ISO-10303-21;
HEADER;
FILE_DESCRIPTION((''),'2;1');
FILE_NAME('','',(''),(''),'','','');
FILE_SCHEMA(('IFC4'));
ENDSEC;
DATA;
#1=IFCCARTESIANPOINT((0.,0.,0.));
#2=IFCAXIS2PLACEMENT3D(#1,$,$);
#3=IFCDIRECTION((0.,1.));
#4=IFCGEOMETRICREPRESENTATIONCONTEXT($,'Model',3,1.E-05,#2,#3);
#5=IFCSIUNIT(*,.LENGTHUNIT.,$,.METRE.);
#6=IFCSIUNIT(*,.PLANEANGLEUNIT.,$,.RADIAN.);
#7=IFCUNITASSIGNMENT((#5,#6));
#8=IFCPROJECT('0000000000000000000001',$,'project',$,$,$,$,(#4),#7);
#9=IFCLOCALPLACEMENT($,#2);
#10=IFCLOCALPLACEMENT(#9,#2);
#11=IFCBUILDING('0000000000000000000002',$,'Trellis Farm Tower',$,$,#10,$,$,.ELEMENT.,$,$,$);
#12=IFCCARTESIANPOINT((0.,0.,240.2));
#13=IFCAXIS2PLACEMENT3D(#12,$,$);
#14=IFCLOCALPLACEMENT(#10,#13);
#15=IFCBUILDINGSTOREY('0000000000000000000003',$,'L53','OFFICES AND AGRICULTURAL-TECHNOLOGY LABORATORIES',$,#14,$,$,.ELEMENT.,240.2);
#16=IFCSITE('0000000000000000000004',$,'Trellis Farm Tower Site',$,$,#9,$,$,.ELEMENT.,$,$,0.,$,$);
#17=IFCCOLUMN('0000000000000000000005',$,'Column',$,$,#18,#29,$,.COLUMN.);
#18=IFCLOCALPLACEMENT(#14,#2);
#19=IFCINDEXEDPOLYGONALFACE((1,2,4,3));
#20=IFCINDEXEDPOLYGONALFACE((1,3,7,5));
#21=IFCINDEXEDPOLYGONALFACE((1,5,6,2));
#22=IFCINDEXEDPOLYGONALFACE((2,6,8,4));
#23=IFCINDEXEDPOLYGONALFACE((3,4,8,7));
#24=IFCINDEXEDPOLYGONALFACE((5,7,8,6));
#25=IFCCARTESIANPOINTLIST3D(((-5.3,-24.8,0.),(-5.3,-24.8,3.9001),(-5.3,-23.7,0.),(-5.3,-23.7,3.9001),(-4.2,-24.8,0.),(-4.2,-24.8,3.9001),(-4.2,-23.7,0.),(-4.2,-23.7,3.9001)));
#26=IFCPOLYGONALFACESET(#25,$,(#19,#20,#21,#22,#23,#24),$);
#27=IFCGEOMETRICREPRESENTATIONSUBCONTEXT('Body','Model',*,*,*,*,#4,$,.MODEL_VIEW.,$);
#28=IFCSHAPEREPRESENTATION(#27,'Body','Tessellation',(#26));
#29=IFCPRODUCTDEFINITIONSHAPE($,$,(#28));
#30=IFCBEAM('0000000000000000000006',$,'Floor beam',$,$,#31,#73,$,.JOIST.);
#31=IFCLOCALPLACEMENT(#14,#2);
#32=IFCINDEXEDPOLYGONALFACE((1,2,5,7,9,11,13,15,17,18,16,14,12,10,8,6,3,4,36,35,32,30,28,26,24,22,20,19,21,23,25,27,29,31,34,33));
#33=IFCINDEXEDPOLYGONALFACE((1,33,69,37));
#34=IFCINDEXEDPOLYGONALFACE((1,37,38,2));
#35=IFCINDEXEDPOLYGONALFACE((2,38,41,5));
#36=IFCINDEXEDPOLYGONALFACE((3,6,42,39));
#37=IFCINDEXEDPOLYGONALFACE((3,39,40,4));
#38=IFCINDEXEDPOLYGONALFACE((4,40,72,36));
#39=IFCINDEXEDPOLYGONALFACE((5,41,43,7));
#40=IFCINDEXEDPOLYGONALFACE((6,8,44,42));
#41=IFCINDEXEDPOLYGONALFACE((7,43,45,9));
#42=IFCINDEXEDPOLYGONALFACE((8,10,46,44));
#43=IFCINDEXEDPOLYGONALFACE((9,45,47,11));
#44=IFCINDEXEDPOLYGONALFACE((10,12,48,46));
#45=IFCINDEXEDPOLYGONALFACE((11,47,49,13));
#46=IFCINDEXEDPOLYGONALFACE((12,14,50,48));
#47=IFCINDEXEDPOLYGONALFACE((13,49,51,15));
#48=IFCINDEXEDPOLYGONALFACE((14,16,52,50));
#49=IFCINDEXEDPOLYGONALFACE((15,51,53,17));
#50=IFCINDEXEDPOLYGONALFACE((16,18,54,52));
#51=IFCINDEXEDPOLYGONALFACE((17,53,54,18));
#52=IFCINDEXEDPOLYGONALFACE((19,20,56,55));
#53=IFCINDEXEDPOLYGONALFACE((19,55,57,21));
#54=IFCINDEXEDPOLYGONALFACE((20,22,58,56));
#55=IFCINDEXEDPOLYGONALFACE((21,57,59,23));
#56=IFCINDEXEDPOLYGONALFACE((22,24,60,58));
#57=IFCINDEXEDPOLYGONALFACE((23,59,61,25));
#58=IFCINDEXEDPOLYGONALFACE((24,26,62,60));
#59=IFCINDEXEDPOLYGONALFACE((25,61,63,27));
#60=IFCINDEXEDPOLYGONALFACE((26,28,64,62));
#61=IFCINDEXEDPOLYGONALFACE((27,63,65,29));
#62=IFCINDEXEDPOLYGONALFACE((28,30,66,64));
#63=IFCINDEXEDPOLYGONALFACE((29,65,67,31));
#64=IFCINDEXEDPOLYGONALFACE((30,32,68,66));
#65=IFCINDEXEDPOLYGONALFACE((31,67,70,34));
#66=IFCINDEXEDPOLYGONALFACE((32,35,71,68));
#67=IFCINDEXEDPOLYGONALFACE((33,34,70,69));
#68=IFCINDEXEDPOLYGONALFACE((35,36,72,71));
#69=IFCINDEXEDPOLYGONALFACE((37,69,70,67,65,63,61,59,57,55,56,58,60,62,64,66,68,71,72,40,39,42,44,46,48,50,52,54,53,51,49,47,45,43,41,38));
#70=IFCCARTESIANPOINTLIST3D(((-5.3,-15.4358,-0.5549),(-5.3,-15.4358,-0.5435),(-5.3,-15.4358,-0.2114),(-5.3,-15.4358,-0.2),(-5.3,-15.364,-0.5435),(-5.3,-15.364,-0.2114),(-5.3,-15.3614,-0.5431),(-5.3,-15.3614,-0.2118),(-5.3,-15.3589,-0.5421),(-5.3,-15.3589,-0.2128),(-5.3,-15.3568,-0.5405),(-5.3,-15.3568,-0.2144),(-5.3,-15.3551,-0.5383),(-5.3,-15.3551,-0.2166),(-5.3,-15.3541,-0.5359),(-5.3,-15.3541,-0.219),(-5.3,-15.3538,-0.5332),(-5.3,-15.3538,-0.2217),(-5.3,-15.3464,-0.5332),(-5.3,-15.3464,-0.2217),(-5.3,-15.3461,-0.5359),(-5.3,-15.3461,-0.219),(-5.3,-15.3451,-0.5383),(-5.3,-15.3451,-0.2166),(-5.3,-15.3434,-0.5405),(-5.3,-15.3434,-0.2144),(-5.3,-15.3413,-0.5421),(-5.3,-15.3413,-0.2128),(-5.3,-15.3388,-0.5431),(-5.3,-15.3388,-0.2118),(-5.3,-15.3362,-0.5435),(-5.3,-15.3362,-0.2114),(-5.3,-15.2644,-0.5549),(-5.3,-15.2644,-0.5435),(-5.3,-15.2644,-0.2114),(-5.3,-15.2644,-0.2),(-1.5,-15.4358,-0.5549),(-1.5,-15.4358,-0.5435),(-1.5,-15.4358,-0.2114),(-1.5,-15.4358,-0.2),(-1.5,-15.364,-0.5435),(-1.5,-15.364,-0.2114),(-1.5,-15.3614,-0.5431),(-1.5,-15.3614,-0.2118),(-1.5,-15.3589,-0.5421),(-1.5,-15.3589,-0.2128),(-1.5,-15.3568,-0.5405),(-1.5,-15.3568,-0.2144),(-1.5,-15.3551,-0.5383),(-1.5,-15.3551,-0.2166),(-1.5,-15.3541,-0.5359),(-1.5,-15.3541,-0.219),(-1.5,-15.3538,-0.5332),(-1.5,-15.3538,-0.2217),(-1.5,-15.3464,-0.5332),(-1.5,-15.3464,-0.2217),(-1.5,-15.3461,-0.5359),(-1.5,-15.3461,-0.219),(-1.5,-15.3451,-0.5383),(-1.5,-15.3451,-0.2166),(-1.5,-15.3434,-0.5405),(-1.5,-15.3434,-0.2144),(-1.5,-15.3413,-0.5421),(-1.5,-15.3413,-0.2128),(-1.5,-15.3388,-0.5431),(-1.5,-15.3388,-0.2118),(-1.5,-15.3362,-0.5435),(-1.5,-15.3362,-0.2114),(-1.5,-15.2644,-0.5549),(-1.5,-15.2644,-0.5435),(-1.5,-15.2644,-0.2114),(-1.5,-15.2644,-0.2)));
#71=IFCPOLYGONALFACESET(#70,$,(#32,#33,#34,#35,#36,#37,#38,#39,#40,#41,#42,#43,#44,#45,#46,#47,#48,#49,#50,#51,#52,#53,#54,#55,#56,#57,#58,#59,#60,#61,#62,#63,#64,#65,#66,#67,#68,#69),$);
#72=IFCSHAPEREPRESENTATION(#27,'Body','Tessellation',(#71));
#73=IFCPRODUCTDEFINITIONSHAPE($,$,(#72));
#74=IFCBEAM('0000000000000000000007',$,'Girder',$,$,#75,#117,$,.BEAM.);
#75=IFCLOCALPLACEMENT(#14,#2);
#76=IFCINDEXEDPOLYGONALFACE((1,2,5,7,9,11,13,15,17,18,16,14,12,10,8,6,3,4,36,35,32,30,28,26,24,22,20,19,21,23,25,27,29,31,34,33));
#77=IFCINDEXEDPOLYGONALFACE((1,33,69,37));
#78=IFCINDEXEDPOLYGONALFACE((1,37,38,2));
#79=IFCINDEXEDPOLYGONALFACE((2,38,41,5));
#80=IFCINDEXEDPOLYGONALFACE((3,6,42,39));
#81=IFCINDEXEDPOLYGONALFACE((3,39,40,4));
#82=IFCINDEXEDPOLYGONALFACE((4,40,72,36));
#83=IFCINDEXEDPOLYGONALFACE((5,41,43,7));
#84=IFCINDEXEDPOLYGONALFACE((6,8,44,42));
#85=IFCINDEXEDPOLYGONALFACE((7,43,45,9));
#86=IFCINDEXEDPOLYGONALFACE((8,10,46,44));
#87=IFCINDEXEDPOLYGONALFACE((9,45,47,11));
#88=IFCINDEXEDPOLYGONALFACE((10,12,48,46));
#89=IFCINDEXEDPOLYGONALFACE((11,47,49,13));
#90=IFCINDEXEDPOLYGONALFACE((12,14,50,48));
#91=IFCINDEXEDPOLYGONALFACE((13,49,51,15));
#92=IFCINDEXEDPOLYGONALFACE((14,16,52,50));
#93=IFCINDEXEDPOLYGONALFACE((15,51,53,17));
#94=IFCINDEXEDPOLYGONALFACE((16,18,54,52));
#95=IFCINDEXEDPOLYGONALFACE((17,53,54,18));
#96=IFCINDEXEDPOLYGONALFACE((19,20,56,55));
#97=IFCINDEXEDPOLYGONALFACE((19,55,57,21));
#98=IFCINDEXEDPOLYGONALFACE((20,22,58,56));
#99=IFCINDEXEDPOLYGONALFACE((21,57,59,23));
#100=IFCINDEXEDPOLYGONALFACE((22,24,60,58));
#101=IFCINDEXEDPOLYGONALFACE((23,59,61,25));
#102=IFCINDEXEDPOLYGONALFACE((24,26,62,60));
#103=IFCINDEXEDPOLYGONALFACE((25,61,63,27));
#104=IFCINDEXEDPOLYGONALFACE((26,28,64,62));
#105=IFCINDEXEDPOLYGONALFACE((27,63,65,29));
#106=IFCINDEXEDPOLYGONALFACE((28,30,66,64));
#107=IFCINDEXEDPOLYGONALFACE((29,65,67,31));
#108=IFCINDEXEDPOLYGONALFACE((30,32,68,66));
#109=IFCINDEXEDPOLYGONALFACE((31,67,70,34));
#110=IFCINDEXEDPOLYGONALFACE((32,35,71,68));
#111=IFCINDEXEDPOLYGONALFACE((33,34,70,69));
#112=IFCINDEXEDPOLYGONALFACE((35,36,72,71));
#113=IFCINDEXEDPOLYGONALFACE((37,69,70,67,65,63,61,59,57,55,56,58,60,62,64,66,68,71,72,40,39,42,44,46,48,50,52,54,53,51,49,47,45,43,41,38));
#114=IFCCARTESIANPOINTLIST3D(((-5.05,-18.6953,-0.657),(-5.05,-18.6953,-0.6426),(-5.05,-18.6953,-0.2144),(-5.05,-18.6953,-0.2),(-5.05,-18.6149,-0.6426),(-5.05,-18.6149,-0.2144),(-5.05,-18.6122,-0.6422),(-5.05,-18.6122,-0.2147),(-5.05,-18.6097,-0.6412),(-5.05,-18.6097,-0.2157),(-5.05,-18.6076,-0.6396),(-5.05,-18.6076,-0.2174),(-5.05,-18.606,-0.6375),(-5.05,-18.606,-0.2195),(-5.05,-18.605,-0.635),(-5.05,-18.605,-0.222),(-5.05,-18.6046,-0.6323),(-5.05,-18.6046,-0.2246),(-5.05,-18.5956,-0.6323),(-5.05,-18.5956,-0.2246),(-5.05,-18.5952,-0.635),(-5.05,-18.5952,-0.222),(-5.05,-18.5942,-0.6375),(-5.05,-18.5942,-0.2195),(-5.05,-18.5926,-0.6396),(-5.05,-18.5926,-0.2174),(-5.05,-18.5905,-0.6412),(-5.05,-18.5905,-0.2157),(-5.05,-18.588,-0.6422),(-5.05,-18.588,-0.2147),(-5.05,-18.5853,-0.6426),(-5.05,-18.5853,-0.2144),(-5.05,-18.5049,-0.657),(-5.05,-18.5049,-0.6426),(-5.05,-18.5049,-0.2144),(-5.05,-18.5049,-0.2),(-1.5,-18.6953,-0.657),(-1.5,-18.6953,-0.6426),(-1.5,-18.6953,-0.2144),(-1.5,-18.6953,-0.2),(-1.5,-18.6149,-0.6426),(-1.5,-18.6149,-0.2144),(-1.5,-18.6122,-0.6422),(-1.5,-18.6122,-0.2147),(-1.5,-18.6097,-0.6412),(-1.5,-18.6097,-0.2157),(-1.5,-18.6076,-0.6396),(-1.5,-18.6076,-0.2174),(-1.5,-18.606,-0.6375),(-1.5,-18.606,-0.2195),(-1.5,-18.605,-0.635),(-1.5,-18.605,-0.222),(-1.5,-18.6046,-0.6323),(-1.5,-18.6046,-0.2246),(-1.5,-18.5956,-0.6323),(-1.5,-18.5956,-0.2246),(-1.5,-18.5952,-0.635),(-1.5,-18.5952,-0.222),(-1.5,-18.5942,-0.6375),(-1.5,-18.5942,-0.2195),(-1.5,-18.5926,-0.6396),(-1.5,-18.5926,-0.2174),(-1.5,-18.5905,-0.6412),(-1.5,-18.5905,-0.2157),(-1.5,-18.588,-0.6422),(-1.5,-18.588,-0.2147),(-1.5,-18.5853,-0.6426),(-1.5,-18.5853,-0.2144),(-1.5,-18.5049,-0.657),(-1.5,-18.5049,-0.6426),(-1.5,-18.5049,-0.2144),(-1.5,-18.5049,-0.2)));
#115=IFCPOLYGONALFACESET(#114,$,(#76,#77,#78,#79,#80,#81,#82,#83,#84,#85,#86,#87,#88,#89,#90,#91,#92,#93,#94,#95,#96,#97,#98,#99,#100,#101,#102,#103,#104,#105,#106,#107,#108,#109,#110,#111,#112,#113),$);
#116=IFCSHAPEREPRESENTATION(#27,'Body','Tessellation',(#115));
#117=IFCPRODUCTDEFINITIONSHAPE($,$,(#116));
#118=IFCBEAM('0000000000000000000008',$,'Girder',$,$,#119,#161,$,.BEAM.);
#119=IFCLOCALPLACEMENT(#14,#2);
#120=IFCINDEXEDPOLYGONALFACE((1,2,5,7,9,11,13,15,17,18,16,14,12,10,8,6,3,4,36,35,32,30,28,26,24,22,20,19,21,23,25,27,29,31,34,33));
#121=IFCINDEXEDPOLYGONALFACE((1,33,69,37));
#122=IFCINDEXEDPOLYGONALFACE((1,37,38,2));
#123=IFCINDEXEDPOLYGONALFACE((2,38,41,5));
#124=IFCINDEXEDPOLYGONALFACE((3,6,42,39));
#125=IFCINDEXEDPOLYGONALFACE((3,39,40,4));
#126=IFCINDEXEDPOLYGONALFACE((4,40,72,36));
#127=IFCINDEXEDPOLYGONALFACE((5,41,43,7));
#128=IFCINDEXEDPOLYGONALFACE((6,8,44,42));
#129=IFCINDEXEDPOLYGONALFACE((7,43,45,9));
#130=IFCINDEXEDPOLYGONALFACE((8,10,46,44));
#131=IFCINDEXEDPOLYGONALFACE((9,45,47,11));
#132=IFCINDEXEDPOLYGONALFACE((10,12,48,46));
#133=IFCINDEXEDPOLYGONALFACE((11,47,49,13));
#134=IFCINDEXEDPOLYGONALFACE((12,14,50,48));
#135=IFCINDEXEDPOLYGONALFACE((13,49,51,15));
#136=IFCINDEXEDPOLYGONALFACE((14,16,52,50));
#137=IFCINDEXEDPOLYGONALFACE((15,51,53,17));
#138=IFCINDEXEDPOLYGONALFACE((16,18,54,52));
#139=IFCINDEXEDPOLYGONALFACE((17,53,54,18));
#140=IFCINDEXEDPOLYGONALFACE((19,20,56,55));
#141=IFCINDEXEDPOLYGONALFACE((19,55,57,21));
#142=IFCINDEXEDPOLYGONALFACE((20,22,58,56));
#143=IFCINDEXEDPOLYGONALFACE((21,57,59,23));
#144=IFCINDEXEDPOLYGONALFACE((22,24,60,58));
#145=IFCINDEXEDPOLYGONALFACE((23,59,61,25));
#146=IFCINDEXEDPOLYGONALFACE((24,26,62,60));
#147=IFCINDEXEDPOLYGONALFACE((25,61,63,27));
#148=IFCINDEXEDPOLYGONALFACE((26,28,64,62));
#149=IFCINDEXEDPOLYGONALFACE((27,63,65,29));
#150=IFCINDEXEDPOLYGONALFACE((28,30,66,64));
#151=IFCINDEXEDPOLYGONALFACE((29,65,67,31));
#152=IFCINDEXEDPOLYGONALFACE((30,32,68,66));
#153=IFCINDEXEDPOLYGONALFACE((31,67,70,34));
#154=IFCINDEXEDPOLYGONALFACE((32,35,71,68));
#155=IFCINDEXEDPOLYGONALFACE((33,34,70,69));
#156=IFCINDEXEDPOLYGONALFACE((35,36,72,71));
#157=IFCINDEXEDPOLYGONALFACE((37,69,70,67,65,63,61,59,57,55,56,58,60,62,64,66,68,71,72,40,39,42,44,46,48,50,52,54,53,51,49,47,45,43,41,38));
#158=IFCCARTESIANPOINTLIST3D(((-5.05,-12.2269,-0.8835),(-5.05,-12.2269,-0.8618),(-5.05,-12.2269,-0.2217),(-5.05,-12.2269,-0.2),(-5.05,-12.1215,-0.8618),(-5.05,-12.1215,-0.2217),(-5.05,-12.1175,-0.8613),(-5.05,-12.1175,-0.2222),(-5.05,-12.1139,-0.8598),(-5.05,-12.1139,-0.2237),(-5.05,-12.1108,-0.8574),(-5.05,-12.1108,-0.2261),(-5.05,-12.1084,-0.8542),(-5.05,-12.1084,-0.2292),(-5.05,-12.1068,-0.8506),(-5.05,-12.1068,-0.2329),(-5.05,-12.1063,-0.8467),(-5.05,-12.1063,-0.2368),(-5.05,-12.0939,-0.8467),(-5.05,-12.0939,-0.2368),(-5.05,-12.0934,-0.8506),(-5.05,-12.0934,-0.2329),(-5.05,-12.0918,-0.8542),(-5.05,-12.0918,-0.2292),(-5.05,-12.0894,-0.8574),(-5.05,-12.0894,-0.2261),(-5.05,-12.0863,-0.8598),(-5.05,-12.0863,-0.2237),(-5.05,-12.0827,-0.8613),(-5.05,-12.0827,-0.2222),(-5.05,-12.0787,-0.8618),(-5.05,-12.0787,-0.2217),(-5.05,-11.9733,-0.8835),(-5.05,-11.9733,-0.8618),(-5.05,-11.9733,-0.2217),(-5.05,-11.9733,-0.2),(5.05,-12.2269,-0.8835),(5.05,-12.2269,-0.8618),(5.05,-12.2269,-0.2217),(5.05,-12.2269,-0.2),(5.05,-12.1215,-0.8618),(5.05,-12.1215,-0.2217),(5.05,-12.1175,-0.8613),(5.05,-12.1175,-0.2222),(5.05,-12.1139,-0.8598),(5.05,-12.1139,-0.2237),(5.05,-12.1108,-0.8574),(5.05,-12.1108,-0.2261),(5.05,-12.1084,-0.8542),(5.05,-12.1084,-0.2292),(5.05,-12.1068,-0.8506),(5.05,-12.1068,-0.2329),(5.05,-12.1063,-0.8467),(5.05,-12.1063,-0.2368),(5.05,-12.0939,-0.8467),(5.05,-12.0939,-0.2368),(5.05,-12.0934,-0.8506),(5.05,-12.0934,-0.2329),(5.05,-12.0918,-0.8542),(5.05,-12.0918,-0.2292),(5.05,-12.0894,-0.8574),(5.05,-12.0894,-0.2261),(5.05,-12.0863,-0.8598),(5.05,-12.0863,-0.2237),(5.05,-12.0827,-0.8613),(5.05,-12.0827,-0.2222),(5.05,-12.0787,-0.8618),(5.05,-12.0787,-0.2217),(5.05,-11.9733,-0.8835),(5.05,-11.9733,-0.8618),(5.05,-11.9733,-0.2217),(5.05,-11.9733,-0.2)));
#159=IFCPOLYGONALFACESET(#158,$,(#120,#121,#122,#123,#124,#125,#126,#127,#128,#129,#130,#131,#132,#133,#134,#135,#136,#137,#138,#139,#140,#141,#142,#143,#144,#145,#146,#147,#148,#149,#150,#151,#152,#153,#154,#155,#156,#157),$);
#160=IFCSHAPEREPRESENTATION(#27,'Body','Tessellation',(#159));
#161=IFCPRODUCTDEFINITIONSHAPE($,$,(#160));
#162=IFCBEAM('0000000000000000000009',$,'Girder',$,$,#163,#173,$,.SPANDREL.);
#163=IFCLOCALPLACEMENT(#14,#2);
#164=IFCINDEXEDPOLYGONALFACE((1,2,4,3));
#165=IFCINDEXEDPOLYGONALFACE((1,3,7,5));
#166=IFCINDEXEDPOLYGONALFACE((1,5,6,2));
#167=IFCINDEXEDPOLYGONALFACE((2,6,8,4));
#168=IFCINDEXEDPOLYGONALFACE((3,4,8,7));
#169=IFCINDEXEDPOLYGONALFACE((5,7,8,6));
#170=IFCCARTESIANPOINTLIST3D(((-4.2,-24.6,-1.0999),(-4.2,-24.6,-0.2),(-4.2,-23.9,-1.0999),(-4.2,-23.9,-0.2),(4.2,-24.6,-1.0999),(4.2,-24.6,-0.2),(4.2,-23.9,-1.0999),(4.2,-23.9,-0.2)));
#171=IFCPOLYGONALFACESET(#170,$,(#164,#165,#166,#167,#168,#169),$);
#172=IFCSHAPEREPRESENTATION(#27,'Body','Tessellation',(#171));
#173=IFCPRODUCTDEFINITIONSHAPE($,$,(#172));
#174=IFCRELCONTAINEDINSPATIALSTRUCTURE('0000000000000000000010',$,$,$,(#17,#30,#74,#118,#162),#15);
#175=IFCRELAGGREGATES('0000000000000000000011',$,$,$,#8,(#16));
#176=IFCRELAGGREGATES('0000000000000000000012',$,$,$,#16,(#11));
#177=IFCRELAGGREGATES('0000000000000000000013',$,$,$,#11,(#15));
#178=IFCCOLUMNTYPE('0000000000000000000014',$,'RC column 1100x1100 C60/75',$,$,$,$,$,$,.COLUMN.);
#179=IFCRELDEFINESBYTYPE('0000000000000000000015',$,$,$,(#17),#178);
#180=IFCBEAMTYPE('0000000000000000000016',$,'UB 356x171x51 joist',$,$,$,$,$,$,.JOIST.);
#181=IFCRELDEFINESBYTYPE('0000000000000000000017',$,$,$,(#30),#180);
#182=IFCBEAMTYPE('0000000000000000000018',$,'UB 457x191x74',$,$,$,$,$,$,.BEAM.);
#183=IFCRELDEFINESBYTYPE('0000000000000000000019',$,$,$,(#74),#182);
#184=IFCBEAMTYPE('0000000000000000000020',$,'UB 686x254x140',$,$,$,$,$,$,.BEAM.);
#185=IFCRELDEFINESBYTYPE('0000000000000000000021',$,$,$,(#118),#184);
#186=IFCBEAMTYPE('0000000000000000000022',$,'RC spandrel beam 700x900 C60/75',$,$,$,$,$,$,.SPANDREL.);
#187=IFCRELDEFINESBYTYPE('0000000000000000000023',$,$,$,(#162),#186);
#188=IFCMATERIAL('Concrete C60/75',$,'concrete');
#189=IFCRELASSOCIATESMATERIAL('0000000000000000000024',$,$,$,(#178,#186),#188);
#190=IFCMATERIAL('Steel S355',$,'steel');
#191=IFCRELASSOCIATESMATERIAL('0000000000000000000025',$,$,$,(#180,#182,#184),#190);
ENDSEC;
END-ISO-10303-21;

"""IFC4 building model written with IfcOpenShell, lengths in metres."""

from ifc_helpers import new_model, si_unit, direction, frame, origin, origin_2d, place, context, subcontext, project, spatial, rectangle, i_section, extrude, source, transform, mapped, material, material_profile, profile_set, type_object, element, save


model = new_model("IFC4")

# Units and contexts
model_context = context("Model", 3, precision=1e-05, world=origin(), true_north=direction((0.0, 1.0)))
body_context = subcontext(model_context, "Body", "Model", "MODEL_VIEW")
ifc_project = project(units=[si_unit("LENGTHUNIT", "METRE"), si_unit("PLANEANGLEUNIT", "RADIAN")], contexts=[model_context])

# Site, building, storey
site_placement = place(None, origin())
site = spatial("IfcSite", under=ifc_project, at=site_placement, Name="Trellis Farm Tower Site", CompositionType="ELEMENT", RefElevation=0.0)
building_placement = place(site_placement, origin())
building = spatial("IfcBuilding", under=site, at=building_placement, Name="Trellis Farm Tower", CompositionType="ELEMENT")
storey_placement = place(building_placement, frame((0.0, 0.0, 240.2)))
storey = spatial("IfcBuildingStorey", under=building, at=storey_placement, Name="L53", Description="OFFICES AND AGRICULTURAL-TECHNOLOGY LABORATORIES", CompositionType="ELEMENT", Elevation=240.2)

# Column
ifc_material_1 = material(Name="Concrete C60/75", Category="concrete")
ifc_material_profile_1 = material_profile(ifc_material_1, rectangle(XDim=1.1001, YDim=1.1001, at=origin_2d()), Name="RC column 1100x1100 C60/75")
ifc_profile_set_1 = profile_set([ifc_material_profile_1], Name="Concrete C60/75")
column_type = type_object("IfcColumnType", Name="RC column 1100x1100 C60/75", PredefinedType="COLUMN", material=ifc_profile_set_1)
shared_shape_1 = source(origin(), body_context, "Body", "SweptSolid", [
    extrude(rectangle(XDim=1.1001, YDim=1.1001, at=origin_2d()), origin(), (0.0, 0.0, 1.0), 3.9001),
])
column_placement = place(storey_placement, frame((-4.75, -24.25, 0.0), z_axis=(0.0, 0.0, 1.0), x_axis=(1.0, 0.0, 0.0)))
element("IfcColumn", 1, at=column_placement, inside=storey, type_object=column_type, Name="Column", PredefinedType="COLUMN", context=body_context, shape_type="MappedRepresentation", body=[
    mapped(shared_shape_1, transform((0.0, 0.0, 0.0))),
])

# Beams
ifc_material_2 = material(Name="Steel S355", Category="steel")
ifc_material_profile_2 = material_profile(ifc_material_2, i_section(OverallWidth=0.1714, OverallDepth=0.355, WebThickness=0.0073, FlangeThickness=0.0115, FilletRadius=0.0103, at=origin_2d()), Name="UB 356x171x51")
ifc_profile_set_2 = profile_set([ifc_material_profile_2], Name="Steel S355")
beam_type_1 = type_object("IfcBeamType", Name="UB 356x171x51 joist", PredefinedType="JOIST", material=ifc_profile_set_2)
shared_shape_2 = source(origin(), body_context, "Body", "SweptSolid", [
    extrude(i_section(OverallWidth=0.1714, OverallDepth=0.355, WebThickness=0.0073, FlangeThickness=0.0115, FilletRadius=0.0103, at=origin_2d()), origin(), (0.0, 0.0, 1.0), 3.8),
])
beam_1_placement = place(storey_placement, frame((-5.3, -15.3501, -0.3774), z_axis=(1.0, 0.0, 0.0), x_axis=(0.0, 1.0, 0.0)))
element("IfcBeam", 2, at=beam_1_placement, inside=storey, type_object=beam_type_1, Name="Floor beam", PredefinedType="JOIST", context=body_context, shape_type="MappedRepresentation", body=[
    mapped(shared_shape_2, transform((0.0, 0.0, 0.0))),
])
ifc_material_profile_3 = material_profile(ifc_material_2, i_section(OverallWidth=0.1904, OverallDepth=0.457, WebThickness=0.009, FlangeThickness=0.0144, FilletRadius=0.0103, at=origin_2d()), Name="UB 457x191x74")
ifc_profile_set_3 = profile_set([ifc_material_profile_3], Name="Steel S355")
beam_type_2 = type_object("IfcBeamType", Name="UB 457x191x74", PredefinedType="BEAM", material=ifc_profile_set_3)
shared_shape_3 = source(origin(), body_context, "Body", "SweptSolid", [
    extrude(i_section(OverallWidth=0.1904, OverallDepth=0.457, WebThickness=0.009, FlangeThickness=0.0144, FilletRadius=0.0103, at=origin_2d()), origin(), (0.0, 0.0, 1.0), 3.55),
])
beam_2_placement = place(storey_placement, frame((-5.05, -18.6001, -0.4285), z_axis=(1.0, 0.0, 0.0), x_axis=(0.0, 1.0, 0.0)))
element("IfcBeam", 3, at=beam_2_placement, inside=storey, type_object=beam_type_2, Name="Girder", PredefinedType="BEAM", context=body_context, shape_type="MappedRepresentation", body=[
    mapped(shared_shape_3, transform((0.0, 0.0, 0.0))),
])
ifc_material_profile_4 = material_profile(ifc_material_2, i_section(OverallWidth=0.2537, OverallDepth=0.6836, WebThickness=0.0125, FlangeThickness=0.0217, FilletRadius=0.0151, at=origin_2d()), Name="UB 686x254x140")
ifc_profile_set_4 = profile_set([ifc_material_profile_4], Name="Steel S355")
beam_type_3 = type_object("IfcBeamType", Name="UB 686x254x140", PredefinedType="BEAM", material=ifc_profile_set_4)
shared_shape_4 = source(origin(), body_context, "Body", "SweptSolid", [
    extrude(i_section(OverallWidth=0.2537, OverallDepth=0.6836, WebThickness=0.0125, FlangeThickness=0.0217, FilletRadius=0.0151, at=origin_2d()), origin(), (0.0, 0.0, 1.0), 10.1001),
])
beam_3_placement = place(storey_placement, frame((-5.05, -12.1001, -0.5417), z_axis=(1.0, 0.0, 0.0), x_axis=(0.0, 1.0, 0.0)))
element("IfcBeam", 4, at=beam_3_placement, inside=storey, type_object=beam_type_3, Name="Girder", PredefinedType="BEAM", context=body_context, shape_type="MappedRepresentation", body=[
    mapped(shared_shape_4, transform((0.0, 0.0, 0.0))),
])
ifc_material_profile_5 = material_profile(ifc_material_1, rectangle(XDim=0.7, YDim=0.8999, at=origin_2d()), Name="RC spandrel beam 700x900 C60/75")
ifc_profile_set_5 = profile_set([ifc_material_profile_5], Name="Concrete C60/75")
beam_type_4 = type_object("IfcBeamType", Name="RC spandrel beam 700x900 C60/75", PredefinedType="SPANDREL", material=ifc_profile_set_5)
shared_shape_5 = source(origin(), body_context, "Body", "SweptSolid", [
    extrude(rectangle(XDim=0.7, YDim=0.8999, at=origin_2d()), origin(), (0.0, 0.0, 1.0), 8.3999),
])
beam_4_placement = place(storey_placement, frame((-4.2, -24.25, -0.6499), z_axis=(1.0, 0.0, 0.0), x_axis=(0.0, 1.0, 0.0)))
element("IfcBeam", 5, at=beam_4_placement, inside=storey, type_object=beam_type_4, Name="Girder", PredefinedType="SPANDREL", context=body_context, shape_type="MappedRepresentation", body=[
    mapped(shared_shape_5, transform((0.0, 0.0, 0.0))),
])

save(model, "model.ifc")
